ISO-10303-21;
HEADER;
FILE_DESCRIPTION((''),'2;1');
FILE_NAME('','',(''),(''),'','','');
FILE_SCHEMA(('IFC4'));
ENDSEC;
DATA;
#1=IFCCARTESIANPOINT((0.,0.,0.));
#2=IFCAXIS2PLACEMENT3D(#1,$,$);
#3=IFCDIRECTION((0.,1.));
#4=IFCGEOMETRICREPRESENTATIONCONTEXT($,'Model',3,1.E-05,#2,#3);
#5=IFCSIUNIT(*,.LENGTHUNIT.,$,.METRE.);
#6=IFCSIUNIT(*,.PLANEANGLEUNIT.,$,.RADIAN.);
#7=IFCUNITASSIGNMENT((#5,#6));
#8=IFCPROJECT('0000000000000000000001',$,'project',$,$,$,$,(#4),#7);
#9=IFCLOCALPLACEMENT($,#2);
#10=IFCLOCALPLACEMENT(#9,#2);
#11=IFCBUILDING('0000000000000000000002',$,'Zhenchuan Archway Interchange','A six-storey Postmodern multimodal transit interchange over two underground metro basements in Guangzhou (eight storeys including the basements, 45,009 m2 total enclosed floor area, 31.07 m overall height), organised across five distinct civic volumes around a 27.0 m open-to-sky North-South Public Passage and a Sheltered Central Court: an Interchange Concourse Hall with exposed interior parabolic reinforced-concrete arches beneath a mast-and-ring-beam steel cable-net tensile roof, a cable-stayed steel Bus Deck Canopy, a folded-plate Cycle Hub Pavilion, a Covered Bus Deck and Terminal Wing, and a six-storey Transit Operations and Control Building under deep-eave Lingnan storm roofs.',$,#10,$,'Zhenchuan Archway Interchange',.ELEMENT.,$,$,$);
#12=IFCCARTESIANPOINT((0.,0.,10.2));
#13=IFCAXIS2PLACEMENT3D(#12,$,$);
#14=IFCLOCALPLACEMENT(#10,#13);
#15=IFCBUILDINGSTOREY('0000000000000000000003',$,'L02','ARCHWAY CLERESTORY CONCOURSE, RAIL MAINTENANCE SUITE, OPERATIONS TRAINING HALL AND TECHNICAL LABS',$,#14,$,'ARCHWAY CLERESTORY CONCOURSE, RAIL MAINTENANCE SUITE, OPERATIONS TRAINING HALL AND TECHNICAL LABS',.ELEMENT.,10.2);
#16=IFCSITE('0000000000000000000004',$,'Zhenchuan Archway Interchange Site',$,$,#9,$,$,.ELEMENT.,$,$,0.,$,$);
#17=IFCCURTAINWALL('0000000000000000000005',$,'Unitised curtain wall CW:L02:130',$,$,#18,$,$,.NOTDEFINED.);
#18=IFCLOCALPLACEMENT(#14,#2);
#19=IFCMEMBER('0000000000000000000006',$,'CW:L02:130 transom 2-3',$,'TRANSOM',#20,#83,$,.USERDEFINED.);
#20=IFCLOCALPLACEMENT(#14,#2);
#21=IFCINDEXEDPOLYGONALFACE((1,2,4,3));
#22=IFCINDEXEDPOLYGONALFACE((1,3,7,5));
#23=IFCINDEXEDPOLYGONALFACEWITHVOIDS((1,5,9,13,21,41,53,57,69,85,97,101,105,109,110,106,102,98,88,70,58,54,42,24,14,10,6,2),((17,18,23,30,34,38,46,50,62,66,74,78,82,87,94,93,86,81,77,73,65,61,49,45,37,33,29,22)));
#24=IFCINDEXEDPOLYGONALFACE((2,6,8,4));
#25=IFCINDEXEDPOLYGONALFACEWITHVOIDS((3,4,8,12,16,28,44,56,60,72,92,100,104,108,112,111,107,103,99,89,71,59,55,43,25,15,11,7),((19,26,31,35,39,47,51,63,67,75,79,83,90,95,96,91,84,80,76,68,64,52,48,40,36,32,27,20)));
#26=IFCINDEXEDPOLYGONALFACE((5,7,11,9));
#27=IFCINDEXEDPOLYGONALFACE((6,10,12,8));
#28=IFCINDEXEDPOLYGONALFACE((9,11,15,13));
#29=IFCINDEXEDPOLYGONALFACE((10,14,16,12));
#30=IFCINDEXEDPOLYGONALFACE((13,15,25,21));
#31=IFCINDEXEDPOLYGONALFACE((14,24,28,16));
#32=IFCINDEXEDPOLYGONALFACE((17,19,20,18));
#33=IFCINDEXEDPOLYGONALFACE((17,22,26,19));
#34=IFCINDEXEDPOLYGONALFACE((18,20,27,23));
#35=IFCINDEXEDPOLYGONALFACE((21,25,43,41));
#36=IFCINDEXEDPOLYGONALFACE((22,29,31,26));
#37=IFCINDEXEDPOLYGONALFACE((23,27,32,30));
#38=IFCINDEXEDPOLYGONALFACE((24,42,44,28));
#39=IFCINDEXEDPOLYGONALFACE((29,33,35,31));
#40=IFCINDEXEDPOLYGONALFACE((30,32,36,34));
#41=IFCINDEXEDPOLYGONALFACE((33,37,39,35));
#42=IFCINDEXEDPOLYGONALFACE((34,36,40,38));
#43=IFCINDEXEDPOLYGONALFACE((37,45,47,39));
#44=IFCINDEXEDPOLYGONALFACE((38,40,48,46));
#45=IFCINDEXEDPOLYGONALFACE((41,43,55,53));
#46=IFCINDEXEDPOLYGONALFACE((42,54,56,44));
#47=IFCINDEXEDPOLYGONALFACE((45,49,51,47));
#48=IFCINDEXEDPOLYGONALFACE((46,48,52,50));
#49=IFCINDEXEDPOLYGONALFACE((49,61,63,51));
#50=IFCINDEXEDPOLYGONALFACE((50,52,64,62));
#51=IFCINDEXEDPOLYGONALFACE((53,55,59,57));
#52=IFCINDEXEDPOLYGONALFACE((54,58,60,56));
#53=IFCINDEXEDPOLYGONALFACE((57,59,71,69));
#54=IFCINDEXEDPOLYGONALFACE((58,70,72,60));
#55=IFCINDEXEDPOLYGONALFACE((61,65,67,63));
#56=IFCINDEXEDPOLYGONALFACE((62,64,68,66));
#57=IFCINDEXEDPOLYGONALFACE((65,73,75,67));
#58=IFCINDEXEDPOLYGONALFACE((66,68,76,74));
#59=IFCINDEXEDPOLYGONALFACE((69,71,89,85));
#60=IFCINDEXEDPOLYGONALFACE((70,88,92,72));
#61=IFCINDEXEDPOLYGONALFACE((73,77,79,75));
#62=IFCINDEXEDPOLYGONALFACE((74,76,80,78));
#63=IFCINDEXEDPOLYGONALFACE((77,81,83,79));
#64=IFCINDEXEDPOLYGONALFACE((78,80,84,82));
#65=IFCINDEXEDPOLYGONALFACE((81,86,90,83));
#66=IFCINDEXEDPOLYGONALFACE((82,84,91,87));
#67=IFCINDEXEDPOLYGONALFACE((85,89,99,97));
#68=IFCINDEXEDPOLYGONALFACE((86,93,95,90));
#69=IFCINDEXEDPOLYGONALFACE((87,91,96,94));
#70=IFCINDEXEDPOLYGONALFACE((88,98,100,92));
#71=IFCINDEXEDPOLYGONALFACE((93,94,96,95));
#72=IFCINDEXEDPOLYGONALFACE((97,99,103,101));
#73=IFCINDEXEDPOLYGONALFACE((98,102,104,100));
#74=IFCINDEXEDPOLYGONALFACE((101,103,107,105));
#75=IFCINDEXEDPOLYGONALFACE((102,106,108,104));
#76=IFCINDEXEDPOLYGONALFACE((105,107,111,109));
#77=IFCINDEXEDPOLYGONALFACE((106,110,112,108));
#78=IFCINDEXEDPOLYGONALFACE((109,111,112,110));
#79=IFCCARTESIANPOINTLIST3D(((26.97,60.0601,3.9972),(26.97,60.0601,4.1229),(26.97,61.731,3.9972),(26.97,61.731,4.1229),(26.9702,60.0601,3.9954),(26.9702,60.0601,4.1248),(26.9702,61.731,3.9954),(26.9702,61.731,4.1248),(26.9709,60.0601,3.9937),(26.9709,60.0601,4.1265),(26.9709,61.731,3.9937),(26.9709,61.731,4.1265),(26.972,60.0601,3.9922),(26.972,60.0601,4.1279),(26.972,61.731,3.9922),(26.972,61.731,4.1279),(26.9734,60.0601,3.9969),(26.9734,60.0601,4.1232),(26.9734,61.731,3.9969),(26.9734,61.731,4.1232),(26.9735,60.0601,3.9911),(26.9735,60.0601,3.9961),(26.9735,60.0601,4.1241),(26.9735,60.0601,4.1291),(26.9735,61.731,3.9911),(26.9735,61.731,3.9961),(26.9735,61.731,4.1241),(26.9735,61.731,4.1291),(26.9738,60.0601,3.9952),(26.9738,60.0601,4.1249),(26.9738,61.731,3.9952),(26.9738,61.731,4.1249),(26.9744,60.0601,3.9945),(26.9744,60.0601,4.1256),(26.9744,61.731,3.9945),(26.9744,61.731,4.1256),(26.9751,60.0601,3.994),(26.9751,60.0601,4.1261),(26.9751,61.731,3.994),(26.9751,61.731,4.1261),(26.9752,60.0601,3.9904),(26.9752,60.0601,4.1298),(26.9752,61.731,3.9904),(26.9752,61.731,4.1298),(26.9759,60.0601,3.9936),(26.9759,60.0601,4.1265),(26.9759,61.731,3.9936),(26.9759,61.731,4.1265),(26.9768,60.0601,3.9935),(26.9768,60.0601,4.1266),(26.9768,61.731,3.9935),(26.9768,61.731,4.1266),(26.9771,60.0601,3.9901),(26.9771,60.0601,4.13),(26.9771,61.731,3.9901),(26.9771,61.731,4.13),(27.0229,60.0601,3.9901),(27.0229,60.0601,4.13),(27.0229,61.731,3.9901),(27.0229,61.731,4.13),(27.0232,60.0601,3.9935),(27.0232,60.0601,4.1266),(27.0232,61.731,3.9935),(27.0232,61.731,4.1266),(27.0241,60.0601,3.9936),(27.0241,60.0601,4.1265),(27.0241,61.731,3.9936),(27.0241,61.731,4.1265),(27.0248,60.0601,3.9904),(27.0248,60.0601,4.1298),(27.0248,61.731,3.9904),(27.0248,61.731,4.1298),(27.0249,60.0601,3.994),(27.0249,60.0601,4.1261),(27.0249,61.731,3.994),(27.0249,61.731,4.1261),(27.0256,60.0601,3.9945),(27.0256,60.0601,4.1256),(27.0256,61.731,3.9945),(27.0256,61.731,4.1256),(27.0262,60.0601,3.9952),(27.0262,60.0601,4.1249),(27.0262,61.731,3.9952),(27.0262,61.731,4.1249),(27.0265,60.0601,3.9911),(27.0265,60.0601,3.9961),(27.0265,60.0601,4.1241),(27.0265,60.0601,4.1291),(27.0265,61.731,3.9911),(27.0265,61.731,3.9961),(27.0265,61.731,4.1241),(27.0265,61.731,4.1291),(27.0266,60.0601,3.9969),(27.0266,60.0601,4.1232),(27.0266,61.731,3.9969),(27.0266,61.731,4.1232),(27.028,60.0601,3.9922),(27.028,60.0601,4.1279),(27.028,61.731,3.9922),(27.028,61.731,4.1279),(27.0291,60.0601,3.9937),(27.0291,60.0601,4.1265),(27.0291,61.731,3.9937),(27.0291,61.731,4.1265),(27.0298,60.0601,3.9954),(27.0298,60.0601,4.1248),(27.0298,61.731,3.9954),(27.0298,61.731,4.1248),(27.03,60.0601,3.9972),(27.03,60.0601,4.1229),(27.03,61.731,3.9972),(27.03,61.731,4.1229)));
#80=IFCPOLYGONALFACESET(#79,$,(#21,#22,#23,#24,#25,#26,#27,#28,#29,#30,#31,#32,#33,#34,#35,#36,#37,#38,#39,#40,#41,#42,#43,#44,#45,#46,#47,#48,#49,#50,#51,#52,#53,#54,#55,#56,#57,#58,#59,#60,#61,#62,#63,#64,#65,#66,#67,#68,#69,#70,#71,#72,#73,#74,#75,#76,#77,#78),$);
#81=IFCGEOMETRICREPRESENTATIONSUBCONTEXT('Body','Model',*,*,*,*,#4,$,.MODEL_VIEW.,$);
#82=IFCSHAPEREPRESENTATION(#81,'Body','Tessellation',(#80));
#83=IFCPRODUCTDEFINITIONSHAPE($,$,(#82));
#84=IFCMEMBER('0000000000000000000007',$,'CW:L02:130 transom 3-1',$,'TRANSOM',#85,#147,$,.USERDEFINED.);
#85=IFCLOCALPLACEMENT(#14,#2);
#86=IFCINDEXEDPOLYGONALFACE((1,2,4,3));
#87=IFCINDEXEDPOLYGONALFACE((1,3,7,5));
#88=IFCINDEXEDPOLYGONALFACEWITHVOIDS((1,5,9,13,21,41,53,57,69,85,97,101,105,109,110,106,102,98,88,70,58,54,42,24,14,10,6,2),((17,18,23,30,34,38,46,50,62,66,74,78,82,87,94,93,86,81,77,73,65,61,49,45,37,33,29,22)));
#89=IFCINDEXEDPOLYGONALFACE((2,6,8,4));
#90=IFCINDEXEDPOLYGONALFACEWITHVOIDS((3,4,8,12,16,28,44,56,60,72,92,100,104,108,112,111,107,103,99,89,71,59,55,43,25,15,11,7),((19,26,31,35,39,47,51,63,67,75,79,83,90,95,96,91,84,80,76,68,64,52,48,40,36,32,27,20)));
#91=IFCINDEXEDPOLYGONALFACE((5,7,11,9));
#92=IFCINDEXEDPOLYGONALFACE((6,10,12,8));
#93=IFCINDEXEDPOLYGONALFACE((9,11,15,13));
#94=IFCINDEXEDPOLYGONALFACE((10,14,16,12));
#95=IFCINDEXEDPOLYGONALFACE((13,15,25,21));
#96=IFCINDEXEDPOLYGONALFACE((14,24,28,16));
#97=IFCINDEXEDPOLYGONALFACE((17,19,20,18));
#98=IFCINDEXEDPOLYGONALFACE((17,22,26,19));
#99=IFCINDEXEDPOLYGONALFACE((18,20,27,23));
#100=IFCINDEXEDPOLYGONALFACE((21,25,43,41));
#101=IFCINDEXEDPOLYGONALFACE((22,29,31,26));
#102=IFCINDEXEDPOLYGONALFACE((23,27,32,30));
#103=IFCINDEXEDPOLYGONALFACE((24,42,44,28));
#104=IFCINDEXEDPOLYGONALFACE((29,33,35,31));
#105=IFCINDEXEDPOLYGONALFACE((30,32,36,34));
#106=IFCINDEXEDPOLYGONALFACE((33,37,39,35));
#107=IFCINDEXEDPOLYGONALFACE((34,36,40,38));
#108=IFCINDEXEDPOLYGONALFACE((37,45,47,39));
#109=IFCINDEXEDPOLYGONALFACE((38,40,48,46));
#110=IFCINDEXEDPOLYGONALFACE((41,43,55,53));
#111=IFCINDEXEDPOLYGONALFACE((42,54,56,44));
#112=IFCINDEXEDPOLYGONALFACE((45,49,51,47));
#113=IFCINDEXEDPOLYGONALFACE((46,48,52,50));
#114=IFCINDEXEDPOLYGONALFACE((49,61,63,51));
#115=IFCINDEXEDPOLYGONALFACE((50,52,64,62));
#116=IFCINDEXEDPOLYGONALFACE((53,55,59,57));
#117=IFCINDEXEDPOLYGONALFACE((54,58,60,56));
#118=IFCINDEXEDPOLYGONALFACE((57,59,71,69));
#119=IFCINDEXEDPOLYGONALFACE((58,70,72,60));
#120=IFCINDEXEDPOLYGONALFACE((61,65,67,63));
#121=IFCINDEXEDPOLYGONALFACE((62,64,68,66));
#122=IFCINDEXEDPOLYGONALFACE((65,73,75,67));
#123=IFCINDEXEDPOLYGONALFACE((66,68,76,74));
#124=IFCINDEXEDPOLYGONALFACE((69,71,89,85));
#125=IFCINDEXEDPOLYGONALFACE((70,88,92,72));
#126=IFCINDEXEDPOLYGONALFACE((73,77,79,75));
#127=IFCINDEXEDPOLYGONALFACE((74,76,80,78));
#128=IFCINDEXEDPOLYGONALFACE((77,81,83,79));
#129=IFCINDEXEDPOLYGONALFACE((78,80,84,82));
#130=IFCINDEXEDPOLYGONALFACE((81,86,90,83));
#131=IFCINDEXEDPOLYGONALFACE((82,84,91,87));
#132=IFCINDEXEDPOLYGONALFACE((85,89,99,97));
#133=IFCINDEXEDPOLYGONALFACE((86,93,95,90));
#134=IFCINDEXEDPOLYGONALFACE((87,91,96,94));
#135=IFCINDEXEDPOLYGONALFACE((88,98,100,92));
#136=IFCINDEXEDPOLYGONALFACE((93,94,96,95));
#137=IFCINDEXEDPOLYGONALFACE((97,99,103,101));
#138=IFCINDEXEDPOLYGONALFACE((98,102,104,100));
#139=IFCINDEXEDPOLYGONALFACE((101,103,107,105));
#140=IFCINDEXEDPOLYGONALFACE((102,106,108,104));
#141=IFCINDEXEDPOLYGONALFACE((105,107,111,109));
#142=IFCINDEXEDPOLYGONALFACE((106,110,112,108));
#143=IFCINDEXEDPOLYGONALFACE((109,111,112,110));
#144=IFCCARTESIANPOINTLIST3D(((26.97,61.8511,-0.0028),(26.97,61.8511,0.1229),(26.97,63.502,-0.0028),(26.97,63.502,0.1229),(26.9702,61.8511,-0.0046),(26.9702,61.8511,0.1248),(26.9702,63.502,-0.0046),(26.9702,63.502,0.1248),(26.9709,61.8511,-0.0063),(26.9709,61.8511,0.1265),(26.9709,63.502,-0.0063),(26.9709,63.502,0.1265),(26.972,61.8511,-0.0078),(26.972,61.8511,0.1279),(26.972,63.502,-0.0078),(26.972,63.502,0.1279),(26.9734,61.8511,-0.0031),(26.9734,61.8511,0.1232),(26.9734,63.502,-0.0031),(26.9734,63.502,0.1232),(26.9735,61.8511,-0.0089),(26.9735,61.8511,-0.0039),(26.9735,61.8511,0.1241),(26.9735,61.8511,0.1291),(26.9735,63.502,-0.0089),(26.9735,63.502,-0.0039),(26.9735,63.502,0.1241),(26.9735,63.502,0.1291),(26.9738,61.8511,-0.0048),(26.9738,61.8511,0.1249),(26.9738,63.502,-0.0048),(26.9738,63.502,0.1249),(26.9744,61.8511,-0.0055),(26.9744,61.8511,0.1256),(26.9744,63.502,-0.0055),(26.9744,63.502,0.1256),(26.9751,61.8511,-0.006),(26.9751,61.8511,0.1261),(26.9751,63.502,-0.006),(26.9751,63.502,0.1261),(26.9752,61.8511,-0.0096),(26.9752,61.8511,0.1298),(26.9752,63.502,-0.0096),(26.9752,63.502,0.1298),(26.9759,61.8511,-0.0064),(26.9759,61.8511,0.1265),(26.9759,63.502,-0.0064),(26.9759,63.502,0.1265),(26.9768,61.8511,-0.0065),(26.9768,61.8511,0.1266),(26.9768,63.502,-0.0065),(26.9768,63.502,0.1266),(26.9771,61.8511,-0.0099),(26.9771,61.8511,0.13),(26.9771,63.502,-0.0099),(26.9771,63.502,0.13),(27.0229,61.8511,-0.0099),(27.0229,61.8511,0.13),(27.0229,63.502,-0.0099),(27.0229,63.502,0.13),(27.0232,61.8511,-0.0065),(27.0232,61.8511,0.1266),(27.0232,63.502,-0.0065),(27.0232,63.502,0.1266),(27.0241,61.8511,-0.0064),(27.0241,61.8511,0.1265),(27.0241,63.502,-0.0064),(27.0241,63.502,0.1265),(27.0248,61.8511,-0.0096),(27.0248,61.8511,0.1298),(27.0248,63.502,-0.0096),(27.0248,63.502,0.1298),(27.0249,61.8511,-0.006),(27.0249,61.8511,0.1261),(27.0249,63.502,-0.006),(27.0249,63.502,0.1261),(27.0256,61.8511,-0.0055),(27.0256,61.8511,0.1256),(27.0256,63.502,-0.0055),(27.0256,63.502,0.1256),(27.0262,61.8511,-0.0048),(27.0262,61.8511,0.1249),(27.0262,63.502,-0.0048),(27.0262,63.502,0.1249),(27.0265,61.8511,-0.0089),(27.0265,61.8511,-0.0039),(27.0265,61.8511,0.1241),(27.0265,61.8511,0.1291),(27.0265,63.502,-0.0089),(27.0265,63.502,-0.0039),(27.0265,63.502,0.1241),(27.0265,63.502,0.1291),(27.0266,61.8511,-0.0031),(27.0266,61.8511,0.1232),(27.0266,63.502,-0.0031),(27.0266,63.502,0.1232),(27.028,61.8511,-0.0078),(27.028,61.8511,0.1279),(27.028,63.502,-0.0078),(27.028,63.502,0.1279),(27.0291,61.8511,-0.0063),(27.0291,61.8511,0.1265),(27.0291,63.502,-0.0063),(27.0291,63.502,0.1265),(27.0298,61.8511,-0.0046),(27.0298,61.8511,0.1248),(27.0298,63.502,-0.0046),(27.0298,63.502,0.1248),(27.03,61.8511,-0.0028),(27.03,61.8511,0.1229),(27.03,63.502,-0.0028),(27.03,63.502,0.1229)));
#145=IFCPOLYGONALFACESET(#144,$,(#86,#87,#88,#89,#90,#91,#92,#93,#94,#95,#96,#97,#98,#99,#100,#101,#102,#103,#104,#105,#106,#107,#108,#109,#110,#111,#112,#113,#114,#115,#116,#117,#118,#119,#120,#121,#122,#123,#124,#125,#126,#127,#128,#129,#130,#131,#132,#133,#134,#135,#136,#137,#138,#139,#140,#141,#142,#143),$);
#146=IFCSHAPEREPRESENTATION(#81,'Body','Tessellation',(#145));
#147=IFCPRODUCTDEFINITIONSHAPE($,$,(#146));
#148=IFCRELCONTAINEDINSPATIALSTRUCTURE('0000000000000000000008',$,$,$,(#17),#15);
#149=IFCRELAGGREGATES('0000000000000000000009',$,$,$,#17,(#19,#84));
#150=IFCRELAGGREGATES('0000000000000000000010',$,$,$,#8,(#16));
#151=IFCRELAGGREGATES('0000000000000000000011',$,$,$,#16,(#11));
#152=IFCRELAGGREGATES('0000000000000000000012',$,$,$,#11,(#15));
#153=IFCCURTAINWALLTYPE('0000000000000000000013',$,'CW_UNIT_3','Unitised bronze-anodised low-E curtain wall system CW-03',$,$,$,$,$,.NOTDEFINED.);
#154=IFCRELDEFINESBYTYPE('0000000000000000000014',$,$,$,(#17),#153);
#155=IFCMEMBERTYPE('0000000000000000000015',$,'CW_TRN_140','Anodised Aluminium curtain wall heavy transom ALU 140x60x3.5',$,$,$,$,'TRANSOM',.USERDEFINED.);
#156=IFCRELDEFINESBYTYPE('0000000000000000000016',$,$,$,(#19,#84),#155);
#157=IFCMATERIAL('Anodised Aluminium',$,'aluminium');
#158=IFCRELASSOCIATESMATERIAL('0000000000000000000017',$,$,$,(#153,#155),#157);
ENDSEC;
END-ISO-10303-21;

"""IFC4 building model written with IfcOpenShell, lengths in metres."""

from ifc_helpers import new_model, si_unit, direction, frame, origin, origin_2d, place, context, subcontext, project, spatial, hollow_rectangle, extrude, material, material_profile, profile_set, type_object, element, aggregate, save


model = new_model("IFC4")

# Units and contexts
model_context = context("Model", 3, precision=1e-05, world=origin(), true_north=direction((0.0, 1.0)))
body_context = subcontext(model_context, "Body", "Model", "MODEL_VIEW")
ifc_project = project(units=[si_unit("LENGTHUNIT", "METRE"), si_unit("PLANEANGLEUNIT", "RADIAN")], contexts=[model_context])

# Site, building, storey
site_placement = place(None, origin())
site = spatial("IfcSite", under=ifc_project, at=site_placement, Name="Zhenchuan Archway Interchange Site", CompositionType="ELEMENT", RefElevation=0.0)
building_placement = place(site_placement, origin())
building = spatial("IfcBuilding", under=site, at=building_placement, Name="Zhenchuan Archway Interchange", Description="A six-storey Postmodern multimodal transit interchange over two underground metro basements in Guangzhou (eight storeys including the basements, 45,009 m2 total enclosed floor area, 31.07 m overall height), organised across five distinct civic volumes around a 27.0 m open-to-sky North-South Public Passage and a Sheltered Central Court: an Interchange Concourse Hall with exposed interior parabolic reinforced-concrete arches beneath a mast-and-ring-beam steel cable-net tensile roof, a cable-stayed steel Bus Deck Canopy, a folded-plate Cycle Hub Pavilion, a Covered Bus Deck and Terminal Wing, and a six-storey Transit Operations and Control Building under deep-eave Lingnan storm roofs.", LongName="Zhenchuan Archway Interchange", CompositionType="ELEMENT")
storey_placement = place(building_placement, frame((0.0, 0.0, 10.2)))
storey = spatial("IfcBuildingStorey", under=building, at=storey_placement, Name="L02", Description="ARCHWAY CLERESTORY CONCOURSE, RAIL MAINTENANCE SUITE, OPERATIONS TRAINING HALL AND TECHNICAL LABS", LongName="ARCHWAY CLERESTORY CONCOURSE, RAIL MAINTENANCE SUITE, OPERATIONS TRAINING HALL AND TECHNICAL LABS", CompositionType="ELEMENT", Elevation=10.2)

# Curtain wall
ifc_material_1 = material(Name="Anodised Aluminium", Category="aluminium")
curtain_wall_type_1 = type_object("IfcCurtainWallType", Name="CW_UNIT_3", Description="Unitised bronze-anodised low-E curtain wall system CW-03", PredefinedType="NOTDEFINED", material=ifc_material_1)
curtain_wall_1_placement = place(storey_placement, origin())
curtain_wall_1 = element("IfcCurtainWall", 1, at=curtain_wall_1_placement, inside=storey, type_object=curtain_wall_type_1, Name="Unitised curtain wall CW:L02:130", PredefinedType="NOTDEFINED")

# Members
ifc_material_profile_1 = material_profile(ifc_material_1, hollow_rectangle(XDim=0.0601, YDim=0.1399, WallThickness=0.0034, InnerFilletRadius=0.0034, OuterFilletRadius=0.0071, at=origin_2d()), Name="ALU 140x60x3.5")
ifc_profile_set_1 = profile_set([ifc_material_profile_1], Name="Anodised Aluminium")
member_type_1 = type_object("IfcMemberType", Name="CW_TRN_140", Description="Anodised Aluminium curtain wall heavy transom ALU 140x60x3.5", ElementType="TRANSOM", PredefinedType="USERDEFINED", material=ifc_profile_set_1)
member_1_placement = place(storey_placement, frame((27.0, 60.0601, 4.0601), z_axis=(0.0, 1.0, 0.0), x_axis=(-1.0, 0.0, 0.0)))
member_1 = element("IfcMember", 2, at=member_1_placement, type_object=member_type_1, Name="CW:L02:130 transom 2-3", ObjectType="TRANSOM", PredefinedType="USERDEFINED", context=body_context, shape_type="SweptSolid", body=[
    extrude(hollow_rectangle(XDim=0.0601, YDim=0.1399, WallThickness=0.0034, InnerFilletRadius=0.0034, OuterFilletRadius=0.0071, at=origin_2d()), origin(), (0.0, 0.0, 1.0), 1.6709),
])
member_2_placement = place(storey_placement, frame((27.0, 61.8511, 0.0601), z_axis=(0.0, 1.0, 0.0), x_axis=(-1.0, 0.0, 0.0)))
member_2 = element("IfcMember", 3, at=member_2_placement, type_object=member_type_1, Name="CW:L02:130 transom 3-1", ObjectType="TRANSOM", PredefinedType="USERDEFINED", context=body_context, shape_type="SweptSolid", body=[
    extrude(hollow_rectangle(XDim=0.0601, YDim=0.1399, WallThickness=0.0034, InnerFilletRadius=0.0034, OuterFilletRadius=0.0071, at=origin_2d()), origin(), (0.0, 0.0, 1.0), 1.6509),
])

aggregate(curtain_wall_1, [member_1, member_2])

save(model, "model.ifc")
